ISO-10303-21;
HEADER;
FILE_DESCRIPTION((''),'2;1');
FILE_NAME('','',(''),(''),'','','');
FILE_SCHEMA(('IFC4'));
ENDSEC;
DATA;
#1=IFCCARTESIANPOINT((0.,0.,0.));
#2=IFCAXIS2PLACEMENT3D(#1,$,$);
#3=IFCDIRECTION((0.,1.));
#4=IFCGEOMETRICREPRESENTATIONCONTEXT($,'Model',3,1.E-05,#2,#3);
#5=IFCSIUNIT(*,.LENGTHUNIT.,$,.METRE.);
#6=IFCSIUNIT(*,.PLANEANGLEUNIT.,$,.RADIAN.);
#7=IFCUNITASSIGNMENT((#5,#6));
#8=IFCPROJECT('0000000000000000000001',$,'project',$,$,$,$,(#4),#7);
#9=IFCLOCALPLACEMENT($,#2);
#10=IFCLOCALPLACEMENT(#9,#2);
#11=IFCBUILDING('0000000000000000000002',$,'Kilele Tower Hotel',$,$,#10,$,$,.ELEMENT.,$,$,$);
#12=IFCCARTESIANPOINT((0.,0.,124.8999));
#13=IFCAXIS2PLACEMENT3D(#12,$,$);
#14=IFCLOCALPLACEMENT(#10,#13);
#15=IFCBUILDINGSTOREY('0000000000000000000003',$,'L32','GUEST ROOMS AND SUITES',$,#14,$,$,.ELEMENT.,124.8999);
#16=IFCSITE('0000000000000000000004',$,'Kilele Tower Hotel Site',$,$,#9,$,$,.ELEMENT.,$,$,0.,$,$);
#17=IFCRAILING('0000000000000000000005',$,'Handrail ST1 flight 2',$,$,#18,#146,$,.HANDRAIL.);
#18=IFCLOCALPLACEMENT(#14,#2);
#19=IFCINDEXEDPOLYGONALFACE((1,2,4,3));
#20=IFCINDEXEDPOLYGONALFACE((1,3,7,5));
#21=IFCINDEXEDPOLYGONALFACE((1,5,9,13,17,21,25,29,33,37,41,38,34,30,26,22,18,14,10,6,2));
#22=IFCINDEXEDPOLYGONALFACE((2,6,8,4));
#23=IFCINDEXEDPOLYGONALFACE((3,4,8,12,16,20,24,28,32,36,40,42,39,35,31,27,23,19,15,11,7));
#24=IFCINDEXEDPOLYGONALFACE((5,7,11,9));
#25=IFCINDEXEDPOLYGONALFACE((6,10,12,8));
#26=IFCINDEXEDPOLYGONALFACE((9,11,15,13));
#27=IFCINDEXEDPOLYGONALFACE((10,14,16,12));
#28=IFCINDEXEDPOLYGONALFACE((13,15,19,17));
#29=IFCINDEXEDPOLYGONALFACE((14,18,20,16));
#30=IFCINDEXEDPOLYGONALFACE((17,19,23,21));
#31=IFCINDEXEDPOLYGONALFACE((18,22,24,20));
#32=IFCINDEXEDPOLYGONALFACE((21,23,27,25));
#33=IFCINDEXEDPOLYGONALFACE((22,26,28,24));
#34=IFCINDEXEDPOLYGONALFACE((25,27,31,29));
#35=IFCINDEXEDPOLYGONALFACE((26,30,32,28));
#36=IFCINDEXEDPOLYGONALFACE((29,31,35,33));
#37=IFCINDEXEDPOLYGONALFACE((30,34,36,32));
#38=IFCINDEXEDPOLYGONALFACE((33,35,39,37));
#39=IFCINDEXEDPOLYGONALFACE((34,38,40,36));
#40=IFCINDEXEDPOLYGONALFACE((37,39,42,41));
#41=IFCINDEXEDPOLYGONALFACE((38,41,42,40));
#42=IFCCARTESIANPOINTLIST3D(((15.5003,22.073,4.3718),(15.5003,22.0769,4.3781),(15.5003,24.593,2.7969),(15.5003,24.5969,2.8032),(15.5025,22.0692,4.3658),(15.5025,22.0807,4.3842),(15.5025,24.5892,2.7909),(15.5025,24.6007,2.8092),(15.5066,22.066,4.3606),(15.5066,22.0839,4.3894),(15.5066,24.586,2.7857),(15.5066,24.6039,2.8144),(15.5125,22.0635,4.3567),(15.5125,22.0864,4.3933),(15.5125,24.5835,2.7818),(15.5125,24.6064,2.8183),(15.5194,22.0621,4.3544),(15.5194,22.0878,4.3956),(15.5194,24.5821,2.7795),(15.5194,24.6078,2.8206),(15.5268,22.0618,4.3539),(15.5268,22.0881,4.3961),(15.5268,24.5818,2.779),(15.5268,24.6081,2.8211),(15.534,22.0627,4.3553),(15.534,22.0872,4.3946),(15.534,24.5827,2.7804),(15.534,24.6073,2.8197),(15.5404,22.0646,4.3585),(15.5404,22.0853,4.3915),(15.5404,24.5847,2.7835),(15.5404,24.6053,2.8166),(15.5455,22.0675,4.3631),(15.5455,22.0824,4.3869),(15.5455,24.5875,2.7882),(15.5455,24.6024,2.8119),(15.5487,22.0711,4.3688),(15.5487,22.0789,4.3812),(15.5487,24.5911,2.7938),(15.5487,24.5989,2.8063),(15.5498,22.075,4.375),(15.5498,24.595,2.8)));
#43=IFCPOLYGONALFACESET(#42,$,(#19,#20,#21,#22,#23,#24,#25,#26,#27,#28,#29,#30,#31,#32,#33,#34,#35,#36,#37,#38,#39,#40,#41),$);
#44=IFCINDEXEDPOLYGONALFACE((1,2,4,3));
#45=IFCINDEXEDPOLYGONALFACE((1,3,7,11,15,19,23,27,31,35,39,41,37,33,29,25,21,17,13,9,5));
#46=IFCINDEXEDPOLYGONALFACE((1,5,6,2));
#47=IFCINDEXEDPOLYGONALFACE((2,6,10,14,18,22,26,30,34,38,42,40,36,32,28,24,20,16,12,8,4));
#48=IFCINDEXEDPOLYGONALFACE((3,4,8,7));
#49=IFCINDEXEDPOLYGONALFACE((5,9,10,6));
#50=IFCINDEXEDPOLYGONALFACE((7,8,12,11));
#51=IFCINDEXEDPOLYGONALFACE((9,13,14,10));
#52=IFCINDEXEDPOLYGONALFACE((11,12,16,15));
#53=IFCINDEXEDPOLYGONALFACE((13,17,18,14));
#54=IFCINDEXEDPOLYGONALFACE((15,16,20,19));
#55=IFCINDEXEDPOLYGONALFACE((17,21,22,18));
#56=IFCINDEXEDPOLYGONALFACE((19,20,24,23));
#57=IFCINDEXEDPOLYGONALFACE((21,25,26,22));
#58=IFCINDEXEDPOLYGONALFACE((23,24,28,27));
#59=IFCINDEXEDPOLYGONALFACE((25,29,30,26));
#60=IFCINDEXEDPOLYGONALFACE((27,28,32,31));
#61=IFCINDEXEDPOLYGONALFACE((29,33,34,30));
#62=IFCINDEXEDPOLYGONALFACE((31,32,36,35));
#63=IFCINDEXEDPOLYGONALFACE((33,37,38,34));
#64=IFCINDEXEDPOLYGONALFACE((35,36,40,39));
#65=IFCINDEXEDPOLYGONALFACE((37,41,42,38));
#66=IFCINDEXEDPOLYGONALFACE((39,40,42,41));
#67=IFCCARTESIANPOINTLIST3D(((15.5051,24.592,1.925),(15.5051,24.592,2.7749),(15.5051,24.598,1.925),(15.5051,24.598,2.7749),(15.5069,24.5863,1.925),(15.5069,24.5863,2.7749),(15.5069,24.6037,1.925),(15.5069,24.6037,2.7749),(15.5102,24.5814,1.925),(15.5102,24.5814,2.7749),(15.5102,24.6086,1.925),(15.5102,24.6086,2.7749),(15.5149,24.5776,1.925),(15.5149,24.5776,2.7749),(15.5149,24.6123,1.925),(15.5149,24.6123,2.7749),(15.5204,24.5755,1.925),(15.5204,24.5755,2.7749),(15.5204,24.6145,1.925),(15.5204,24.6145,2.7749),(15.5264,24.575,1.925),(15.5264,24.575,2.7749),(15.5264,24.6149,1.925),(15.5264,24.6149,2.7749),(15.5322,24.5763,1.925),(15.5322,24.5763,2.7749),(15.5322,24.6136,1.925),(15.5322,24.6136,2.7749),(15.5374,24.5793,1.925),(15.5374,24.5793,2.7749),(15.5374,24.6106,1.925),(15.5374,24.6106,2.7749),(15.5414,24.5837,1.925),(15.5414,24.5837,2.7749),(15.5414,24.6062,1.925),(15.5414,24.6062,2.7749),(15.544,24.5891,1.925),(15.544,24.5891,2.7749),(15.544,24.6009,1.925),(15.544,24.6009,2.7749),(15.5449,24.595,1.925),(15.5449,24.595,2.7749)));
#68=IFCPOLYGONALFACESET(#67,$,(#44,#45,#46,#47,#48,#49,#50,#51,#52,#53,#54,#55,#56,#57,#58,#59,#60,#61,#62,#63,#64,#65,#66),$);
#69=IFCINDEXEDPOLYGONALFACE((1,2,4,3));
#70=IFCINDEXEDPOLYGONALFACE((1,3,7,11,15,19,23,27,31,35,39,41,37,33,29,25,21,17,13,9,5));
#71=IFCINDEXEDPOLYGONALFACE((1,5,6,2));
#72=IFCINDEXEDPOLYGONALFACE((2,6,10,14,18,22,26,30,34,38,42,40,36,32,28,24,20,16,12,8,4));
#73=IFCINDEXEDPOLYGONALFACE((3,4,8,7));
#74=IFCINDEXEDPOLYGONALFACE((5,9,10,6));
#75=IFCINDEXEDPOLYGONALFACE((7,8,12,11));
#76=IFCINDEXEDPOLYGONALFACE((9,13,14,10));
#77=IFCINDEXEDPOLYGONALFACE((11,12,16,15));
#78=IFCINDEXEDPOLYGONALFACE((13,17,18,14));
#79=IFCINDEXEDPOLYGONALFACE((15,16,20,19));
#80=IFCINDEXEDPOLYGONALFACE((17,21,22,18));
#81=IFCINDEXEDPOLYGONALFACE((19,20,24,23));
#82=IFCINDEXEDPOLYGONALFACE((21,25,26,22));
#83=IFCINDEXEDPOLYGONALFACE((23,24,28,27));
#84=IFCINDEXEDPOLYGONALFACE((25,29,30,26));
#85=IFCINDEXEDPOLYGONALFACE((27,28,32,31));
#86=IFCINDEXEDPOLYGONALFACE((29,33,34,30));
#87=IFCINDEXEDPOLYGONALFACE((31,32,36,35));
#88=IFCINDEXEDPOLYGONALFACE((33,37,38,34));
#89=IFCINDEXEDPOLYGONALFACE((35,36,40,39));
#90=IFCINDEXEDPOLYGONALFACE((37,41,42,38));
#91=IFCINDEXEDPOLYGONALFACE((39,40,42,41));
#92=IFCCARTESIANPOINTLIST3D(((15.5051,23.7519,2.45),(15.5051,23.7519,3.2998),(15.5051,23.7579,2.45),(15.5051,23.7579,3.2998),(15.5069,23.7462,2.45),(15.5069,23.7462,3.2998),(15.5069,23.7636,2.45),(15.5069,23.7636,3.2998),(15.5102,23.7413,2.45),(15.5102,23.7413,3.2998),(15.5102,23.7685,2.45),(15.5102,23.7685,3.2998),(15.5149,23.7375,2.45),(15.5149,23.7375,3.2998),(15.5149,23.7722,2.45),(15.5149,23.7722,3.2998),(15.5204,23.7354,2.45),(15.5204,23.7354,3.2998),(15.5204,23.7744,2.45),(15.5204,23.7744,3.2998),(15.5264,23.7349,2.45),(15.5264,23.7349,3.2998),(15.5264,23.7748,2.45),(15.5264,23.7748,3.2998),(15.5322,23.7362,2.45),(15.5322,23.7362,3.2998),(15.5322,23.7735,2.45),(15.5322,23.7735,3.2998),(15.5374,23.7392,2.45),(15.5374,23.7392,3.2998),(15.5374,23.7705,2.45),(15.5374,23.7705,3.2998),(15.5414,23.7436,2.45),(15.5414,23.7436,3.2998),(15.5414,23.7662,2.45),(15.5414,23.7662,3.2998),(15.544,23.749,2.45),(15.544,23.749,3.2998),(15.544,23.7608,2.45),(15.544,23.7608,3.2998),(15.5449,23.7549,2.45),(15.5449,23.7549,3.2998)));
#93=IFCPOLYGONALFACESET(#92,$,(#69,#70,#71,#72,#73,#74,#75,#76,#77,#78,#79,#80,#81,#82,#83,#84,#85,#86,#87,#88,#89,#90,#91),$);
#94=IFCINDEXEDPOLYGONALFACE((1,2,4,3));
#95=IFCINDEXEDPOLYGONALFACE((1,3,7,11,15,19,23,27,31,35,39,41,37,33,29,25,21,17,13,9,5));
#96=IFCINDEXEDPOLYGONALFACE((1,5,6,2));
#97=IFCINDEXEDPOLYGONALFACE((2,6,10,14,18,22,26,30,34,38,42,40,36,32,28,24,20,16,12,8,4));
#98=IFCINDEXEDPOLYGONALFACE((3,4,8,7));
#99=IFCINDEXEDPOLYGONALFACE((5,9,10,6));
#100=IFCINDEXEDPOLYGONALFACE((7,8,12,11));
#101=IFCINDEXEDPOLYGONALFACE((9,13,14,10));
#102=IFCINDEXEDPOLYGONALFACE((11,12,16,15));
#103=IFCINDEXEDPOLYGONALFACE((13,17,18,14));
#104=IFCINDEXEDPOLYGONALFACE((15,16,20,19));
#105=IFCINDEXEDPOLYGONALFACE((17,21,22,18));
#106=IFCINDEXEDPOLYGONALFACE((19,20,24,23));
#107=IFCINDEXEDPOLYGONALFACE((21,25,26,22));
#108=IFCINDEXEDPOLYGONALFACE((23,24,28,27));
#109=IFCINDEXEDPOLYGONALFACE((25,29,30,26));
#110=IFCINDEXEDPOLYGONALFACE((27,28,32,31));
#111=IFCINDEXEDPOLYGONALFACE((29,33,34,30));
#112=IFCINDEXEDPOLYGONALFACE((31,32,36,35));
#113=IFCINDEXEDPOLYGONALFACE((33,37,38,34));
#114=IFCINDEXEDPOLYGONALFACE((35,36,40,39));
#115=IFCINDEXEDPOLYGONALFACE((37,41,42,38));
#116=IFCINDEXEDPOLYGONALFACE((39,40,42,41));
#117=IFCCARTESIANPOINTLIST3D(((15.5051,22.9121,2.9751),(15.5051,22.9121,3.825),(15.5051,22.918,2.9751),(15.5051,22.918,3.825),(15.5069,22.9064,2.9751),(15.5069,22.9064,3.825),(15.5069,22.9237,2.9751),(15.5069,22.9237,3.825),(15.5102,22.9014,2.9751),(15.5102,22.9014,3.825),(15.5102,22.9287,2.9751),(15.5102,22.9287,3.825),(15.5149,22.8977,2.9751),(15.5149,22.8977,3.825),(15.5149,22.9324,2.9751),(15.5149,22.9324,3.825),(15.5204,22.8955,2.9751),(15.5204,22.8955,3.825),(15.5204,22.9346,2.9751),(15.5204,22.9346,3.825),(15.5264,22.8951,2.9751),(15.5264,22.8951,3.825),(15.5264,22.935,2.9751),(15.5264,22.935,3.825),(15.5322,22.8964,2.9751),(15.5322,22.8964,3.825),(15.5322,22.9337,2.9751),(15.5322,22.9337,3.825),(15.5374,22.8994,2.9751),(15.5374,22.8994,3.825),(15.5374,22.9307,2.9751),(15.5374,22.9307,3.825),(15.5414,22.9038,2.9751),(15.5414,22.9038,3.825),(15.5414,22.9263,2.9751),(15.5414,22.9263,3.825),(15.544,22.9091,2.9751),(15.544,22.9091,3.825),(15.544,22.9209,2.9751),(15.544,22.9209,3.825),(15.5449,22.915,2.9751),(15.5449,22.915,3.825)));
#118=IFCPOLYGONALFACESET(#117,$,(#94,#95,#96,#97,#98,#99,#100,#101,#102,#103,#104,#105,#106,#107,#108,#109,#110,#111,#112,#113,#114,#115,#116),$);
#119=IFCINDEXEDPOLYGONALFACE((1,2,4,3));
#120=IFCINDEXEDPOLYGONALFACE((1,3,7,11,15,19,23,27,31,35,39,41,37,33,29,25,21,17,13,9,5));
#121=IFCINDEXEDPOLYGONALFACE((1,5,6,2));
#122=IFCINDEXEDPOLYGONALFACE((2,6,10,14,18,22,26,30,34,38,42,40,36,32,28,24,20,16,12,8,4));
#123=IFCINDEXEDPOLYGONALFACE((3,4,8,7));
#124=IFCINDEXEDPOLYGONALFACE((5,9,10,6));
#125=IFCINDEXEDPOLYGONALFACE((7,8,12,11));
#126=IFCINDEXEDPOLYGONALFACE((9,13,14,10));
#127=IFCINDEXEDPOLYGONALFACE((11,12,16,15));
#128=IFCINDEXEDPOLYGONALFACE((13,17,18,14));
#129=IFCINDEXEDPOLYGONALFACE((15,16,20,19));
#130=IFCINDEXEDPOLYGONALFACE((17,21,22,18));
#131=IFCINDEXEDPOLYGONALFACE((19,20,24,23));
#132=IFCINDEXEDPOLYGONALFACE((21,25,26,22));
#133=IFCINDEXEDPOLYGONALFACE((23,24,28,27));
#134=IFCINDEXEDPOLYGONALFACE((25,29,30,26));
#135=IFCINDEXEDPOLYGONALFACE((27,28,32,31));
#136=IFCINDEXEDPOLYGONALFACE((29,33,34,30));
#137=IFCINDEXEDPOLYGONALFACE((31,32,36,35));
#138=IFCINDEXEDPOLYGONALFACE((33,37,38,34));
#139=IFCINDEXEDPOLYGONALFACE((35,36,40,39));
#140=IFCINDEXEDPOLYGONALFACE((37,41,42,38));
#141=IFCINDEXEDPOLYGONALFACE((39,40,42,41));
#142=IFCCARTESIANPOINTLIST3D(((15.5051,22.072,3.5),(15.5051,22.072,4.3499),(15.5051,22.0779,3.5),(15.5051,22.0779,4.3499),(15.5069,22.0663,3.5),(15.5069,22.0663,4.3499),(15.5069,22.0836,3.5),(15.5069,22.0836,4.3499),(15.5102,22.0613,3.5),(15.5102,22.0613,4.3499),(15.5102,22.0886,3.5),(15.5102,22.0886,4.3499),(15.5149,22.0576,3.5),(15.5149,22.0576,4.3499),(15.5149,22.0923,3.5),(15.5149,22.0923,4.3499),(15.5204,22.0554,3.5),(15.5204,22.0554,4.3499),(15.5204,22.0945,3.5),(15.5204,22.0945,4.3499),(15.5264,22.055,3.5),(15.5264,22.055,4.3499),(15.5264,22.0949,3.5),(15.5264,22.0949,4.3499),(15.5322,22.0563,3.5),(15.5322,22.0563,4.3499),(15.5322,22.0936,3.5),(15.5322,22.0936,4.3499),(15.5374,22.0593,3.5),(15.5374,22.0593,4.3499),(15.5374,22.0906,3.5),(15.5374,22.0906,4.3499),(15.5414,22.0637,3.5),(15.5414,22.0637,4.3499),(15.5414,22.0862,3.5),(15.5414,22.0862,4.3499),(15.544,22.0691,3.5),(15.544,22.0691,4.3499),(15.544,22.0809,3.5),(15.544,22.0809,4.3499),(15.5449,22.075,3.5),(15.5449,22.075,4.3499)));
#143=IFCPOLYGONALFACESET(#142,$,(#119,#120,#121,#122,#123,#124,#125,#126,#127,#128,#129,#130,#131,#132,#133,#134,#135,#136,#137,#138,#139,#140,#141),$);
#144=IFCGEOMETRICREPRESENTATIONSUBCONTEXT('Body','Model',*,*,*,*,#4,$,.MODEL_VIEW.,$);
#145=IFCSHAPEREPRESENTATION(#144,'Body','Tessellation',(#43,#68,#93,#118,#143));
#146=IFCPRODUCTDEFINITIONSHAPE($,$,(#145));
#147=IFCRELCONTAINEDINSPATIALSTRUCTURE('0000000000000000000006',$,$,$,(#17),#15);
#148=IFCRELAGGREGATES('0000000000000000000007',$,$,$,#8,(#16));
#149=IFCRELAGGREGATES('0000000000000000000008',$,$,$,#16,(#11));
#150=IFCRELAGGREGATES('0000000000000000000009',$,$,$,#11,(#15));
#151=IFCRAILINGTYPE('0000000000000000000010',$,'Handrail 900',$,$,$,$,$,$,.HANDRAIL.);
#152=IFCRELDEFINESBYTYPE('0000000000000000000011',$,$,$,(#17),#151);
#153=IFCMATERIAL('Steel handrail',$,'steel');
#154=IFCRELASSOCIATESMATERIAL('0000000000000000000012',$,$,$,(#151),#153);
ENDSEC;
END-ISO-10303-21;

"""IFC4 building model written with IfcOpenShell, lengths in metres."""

from ifc_helpers import new_model, si_unit, direction, frame, origin, origin_2d, place, context, subcontext, project, spatial, circle, extrude, material, type_object, element, save


model = new_model("IFC4")

# Units and contexts
model_context = context("Model", 3, precision=1e-05, world=origin(), true_north=direction((0.0, 1.0)))
body_context = subcontext(model_context, "Body", "Model", "MODEL_VIEW")
ifc_project = project(units=[si_unit("LENGTHUNIT", "METRE"), si_unit("PLANEANGLEUNIT", "RADIAN")], contexts=[model_context])

# Site, building, storey
site_placement = place(None, origin())
site = spatial("IfcSite", under=ifc_project, at=site_placement, Name="Kilele Tower Hotel Site", CompositionType="ELEMENT", RefElevation=0.0)
building_placement = place(site_placement, origin())
building = spatial("IfcBuilding", under=site, at=building_placement, Name="Kilele Tower Hotel", CompositionType="ELEMENT")
storey_placement = place(building_placement, frame((0.0, 0.0, 124.8999)))
storey = spatial("IfcBuildingStorey", under=building, at=storey_placement, Name="L32", Description="GUEST ROOMS AND SUITES", CompositionType="ELEMENT", Elevation=124.8999)

# Railing
ifc_material_1 = material(Name="Steel handrail", Category="steel")
railing_type_1 = type_object("IfcRailingType", Name="Handrail 900", PredefinedType="HANDRAIL", material=ifc_material_1)
for number, where, name in (
    (1, (15.5249, 24.595, 1.925), "Handrail ST1 flight 2"),
):
    element("IfcRailing", number, at=place(storey_placement, frame(where)), inside=storey, type_object=railing_type_1, Name=name, PredefinedType="HANDRAIL", context=body_context, shape_type="SweptSolid", body=[
        extrude(circle(Radius=0.0249, at=origin_2d()), frame((0.0, 0.0, 0.875), z_axis=(0.0, -0.848008, 0.529984), x_axis=(1.0, 0.0, 0.0)), (0.0, 0.0, 1.0), 2.9717),
        extrude(circle(Radius=0.02, at=origin_2d()), origin(), (0.0, 0.0, 1.0), 0.8499),
        extrude(circle(Radius=0.02, at=origin_2d()), frame((0.0, -0.8401, 0.5249)), (0.0, 0.0, 1.0), 0.8499),
        extrude(circle(Radius=0.02, at=origin_2d()), frame((0.0, -1.6799, 1.05)), (0.0, 0.0, 1.0), 0.8499),
        extrude(circle(Radius=0.02, at=origin_2d()), frame((0.0, -2.52, 1.575)), (0.0, 0.0, 1.0), 0.8499),
    ])

save(model, "model.ifc")
